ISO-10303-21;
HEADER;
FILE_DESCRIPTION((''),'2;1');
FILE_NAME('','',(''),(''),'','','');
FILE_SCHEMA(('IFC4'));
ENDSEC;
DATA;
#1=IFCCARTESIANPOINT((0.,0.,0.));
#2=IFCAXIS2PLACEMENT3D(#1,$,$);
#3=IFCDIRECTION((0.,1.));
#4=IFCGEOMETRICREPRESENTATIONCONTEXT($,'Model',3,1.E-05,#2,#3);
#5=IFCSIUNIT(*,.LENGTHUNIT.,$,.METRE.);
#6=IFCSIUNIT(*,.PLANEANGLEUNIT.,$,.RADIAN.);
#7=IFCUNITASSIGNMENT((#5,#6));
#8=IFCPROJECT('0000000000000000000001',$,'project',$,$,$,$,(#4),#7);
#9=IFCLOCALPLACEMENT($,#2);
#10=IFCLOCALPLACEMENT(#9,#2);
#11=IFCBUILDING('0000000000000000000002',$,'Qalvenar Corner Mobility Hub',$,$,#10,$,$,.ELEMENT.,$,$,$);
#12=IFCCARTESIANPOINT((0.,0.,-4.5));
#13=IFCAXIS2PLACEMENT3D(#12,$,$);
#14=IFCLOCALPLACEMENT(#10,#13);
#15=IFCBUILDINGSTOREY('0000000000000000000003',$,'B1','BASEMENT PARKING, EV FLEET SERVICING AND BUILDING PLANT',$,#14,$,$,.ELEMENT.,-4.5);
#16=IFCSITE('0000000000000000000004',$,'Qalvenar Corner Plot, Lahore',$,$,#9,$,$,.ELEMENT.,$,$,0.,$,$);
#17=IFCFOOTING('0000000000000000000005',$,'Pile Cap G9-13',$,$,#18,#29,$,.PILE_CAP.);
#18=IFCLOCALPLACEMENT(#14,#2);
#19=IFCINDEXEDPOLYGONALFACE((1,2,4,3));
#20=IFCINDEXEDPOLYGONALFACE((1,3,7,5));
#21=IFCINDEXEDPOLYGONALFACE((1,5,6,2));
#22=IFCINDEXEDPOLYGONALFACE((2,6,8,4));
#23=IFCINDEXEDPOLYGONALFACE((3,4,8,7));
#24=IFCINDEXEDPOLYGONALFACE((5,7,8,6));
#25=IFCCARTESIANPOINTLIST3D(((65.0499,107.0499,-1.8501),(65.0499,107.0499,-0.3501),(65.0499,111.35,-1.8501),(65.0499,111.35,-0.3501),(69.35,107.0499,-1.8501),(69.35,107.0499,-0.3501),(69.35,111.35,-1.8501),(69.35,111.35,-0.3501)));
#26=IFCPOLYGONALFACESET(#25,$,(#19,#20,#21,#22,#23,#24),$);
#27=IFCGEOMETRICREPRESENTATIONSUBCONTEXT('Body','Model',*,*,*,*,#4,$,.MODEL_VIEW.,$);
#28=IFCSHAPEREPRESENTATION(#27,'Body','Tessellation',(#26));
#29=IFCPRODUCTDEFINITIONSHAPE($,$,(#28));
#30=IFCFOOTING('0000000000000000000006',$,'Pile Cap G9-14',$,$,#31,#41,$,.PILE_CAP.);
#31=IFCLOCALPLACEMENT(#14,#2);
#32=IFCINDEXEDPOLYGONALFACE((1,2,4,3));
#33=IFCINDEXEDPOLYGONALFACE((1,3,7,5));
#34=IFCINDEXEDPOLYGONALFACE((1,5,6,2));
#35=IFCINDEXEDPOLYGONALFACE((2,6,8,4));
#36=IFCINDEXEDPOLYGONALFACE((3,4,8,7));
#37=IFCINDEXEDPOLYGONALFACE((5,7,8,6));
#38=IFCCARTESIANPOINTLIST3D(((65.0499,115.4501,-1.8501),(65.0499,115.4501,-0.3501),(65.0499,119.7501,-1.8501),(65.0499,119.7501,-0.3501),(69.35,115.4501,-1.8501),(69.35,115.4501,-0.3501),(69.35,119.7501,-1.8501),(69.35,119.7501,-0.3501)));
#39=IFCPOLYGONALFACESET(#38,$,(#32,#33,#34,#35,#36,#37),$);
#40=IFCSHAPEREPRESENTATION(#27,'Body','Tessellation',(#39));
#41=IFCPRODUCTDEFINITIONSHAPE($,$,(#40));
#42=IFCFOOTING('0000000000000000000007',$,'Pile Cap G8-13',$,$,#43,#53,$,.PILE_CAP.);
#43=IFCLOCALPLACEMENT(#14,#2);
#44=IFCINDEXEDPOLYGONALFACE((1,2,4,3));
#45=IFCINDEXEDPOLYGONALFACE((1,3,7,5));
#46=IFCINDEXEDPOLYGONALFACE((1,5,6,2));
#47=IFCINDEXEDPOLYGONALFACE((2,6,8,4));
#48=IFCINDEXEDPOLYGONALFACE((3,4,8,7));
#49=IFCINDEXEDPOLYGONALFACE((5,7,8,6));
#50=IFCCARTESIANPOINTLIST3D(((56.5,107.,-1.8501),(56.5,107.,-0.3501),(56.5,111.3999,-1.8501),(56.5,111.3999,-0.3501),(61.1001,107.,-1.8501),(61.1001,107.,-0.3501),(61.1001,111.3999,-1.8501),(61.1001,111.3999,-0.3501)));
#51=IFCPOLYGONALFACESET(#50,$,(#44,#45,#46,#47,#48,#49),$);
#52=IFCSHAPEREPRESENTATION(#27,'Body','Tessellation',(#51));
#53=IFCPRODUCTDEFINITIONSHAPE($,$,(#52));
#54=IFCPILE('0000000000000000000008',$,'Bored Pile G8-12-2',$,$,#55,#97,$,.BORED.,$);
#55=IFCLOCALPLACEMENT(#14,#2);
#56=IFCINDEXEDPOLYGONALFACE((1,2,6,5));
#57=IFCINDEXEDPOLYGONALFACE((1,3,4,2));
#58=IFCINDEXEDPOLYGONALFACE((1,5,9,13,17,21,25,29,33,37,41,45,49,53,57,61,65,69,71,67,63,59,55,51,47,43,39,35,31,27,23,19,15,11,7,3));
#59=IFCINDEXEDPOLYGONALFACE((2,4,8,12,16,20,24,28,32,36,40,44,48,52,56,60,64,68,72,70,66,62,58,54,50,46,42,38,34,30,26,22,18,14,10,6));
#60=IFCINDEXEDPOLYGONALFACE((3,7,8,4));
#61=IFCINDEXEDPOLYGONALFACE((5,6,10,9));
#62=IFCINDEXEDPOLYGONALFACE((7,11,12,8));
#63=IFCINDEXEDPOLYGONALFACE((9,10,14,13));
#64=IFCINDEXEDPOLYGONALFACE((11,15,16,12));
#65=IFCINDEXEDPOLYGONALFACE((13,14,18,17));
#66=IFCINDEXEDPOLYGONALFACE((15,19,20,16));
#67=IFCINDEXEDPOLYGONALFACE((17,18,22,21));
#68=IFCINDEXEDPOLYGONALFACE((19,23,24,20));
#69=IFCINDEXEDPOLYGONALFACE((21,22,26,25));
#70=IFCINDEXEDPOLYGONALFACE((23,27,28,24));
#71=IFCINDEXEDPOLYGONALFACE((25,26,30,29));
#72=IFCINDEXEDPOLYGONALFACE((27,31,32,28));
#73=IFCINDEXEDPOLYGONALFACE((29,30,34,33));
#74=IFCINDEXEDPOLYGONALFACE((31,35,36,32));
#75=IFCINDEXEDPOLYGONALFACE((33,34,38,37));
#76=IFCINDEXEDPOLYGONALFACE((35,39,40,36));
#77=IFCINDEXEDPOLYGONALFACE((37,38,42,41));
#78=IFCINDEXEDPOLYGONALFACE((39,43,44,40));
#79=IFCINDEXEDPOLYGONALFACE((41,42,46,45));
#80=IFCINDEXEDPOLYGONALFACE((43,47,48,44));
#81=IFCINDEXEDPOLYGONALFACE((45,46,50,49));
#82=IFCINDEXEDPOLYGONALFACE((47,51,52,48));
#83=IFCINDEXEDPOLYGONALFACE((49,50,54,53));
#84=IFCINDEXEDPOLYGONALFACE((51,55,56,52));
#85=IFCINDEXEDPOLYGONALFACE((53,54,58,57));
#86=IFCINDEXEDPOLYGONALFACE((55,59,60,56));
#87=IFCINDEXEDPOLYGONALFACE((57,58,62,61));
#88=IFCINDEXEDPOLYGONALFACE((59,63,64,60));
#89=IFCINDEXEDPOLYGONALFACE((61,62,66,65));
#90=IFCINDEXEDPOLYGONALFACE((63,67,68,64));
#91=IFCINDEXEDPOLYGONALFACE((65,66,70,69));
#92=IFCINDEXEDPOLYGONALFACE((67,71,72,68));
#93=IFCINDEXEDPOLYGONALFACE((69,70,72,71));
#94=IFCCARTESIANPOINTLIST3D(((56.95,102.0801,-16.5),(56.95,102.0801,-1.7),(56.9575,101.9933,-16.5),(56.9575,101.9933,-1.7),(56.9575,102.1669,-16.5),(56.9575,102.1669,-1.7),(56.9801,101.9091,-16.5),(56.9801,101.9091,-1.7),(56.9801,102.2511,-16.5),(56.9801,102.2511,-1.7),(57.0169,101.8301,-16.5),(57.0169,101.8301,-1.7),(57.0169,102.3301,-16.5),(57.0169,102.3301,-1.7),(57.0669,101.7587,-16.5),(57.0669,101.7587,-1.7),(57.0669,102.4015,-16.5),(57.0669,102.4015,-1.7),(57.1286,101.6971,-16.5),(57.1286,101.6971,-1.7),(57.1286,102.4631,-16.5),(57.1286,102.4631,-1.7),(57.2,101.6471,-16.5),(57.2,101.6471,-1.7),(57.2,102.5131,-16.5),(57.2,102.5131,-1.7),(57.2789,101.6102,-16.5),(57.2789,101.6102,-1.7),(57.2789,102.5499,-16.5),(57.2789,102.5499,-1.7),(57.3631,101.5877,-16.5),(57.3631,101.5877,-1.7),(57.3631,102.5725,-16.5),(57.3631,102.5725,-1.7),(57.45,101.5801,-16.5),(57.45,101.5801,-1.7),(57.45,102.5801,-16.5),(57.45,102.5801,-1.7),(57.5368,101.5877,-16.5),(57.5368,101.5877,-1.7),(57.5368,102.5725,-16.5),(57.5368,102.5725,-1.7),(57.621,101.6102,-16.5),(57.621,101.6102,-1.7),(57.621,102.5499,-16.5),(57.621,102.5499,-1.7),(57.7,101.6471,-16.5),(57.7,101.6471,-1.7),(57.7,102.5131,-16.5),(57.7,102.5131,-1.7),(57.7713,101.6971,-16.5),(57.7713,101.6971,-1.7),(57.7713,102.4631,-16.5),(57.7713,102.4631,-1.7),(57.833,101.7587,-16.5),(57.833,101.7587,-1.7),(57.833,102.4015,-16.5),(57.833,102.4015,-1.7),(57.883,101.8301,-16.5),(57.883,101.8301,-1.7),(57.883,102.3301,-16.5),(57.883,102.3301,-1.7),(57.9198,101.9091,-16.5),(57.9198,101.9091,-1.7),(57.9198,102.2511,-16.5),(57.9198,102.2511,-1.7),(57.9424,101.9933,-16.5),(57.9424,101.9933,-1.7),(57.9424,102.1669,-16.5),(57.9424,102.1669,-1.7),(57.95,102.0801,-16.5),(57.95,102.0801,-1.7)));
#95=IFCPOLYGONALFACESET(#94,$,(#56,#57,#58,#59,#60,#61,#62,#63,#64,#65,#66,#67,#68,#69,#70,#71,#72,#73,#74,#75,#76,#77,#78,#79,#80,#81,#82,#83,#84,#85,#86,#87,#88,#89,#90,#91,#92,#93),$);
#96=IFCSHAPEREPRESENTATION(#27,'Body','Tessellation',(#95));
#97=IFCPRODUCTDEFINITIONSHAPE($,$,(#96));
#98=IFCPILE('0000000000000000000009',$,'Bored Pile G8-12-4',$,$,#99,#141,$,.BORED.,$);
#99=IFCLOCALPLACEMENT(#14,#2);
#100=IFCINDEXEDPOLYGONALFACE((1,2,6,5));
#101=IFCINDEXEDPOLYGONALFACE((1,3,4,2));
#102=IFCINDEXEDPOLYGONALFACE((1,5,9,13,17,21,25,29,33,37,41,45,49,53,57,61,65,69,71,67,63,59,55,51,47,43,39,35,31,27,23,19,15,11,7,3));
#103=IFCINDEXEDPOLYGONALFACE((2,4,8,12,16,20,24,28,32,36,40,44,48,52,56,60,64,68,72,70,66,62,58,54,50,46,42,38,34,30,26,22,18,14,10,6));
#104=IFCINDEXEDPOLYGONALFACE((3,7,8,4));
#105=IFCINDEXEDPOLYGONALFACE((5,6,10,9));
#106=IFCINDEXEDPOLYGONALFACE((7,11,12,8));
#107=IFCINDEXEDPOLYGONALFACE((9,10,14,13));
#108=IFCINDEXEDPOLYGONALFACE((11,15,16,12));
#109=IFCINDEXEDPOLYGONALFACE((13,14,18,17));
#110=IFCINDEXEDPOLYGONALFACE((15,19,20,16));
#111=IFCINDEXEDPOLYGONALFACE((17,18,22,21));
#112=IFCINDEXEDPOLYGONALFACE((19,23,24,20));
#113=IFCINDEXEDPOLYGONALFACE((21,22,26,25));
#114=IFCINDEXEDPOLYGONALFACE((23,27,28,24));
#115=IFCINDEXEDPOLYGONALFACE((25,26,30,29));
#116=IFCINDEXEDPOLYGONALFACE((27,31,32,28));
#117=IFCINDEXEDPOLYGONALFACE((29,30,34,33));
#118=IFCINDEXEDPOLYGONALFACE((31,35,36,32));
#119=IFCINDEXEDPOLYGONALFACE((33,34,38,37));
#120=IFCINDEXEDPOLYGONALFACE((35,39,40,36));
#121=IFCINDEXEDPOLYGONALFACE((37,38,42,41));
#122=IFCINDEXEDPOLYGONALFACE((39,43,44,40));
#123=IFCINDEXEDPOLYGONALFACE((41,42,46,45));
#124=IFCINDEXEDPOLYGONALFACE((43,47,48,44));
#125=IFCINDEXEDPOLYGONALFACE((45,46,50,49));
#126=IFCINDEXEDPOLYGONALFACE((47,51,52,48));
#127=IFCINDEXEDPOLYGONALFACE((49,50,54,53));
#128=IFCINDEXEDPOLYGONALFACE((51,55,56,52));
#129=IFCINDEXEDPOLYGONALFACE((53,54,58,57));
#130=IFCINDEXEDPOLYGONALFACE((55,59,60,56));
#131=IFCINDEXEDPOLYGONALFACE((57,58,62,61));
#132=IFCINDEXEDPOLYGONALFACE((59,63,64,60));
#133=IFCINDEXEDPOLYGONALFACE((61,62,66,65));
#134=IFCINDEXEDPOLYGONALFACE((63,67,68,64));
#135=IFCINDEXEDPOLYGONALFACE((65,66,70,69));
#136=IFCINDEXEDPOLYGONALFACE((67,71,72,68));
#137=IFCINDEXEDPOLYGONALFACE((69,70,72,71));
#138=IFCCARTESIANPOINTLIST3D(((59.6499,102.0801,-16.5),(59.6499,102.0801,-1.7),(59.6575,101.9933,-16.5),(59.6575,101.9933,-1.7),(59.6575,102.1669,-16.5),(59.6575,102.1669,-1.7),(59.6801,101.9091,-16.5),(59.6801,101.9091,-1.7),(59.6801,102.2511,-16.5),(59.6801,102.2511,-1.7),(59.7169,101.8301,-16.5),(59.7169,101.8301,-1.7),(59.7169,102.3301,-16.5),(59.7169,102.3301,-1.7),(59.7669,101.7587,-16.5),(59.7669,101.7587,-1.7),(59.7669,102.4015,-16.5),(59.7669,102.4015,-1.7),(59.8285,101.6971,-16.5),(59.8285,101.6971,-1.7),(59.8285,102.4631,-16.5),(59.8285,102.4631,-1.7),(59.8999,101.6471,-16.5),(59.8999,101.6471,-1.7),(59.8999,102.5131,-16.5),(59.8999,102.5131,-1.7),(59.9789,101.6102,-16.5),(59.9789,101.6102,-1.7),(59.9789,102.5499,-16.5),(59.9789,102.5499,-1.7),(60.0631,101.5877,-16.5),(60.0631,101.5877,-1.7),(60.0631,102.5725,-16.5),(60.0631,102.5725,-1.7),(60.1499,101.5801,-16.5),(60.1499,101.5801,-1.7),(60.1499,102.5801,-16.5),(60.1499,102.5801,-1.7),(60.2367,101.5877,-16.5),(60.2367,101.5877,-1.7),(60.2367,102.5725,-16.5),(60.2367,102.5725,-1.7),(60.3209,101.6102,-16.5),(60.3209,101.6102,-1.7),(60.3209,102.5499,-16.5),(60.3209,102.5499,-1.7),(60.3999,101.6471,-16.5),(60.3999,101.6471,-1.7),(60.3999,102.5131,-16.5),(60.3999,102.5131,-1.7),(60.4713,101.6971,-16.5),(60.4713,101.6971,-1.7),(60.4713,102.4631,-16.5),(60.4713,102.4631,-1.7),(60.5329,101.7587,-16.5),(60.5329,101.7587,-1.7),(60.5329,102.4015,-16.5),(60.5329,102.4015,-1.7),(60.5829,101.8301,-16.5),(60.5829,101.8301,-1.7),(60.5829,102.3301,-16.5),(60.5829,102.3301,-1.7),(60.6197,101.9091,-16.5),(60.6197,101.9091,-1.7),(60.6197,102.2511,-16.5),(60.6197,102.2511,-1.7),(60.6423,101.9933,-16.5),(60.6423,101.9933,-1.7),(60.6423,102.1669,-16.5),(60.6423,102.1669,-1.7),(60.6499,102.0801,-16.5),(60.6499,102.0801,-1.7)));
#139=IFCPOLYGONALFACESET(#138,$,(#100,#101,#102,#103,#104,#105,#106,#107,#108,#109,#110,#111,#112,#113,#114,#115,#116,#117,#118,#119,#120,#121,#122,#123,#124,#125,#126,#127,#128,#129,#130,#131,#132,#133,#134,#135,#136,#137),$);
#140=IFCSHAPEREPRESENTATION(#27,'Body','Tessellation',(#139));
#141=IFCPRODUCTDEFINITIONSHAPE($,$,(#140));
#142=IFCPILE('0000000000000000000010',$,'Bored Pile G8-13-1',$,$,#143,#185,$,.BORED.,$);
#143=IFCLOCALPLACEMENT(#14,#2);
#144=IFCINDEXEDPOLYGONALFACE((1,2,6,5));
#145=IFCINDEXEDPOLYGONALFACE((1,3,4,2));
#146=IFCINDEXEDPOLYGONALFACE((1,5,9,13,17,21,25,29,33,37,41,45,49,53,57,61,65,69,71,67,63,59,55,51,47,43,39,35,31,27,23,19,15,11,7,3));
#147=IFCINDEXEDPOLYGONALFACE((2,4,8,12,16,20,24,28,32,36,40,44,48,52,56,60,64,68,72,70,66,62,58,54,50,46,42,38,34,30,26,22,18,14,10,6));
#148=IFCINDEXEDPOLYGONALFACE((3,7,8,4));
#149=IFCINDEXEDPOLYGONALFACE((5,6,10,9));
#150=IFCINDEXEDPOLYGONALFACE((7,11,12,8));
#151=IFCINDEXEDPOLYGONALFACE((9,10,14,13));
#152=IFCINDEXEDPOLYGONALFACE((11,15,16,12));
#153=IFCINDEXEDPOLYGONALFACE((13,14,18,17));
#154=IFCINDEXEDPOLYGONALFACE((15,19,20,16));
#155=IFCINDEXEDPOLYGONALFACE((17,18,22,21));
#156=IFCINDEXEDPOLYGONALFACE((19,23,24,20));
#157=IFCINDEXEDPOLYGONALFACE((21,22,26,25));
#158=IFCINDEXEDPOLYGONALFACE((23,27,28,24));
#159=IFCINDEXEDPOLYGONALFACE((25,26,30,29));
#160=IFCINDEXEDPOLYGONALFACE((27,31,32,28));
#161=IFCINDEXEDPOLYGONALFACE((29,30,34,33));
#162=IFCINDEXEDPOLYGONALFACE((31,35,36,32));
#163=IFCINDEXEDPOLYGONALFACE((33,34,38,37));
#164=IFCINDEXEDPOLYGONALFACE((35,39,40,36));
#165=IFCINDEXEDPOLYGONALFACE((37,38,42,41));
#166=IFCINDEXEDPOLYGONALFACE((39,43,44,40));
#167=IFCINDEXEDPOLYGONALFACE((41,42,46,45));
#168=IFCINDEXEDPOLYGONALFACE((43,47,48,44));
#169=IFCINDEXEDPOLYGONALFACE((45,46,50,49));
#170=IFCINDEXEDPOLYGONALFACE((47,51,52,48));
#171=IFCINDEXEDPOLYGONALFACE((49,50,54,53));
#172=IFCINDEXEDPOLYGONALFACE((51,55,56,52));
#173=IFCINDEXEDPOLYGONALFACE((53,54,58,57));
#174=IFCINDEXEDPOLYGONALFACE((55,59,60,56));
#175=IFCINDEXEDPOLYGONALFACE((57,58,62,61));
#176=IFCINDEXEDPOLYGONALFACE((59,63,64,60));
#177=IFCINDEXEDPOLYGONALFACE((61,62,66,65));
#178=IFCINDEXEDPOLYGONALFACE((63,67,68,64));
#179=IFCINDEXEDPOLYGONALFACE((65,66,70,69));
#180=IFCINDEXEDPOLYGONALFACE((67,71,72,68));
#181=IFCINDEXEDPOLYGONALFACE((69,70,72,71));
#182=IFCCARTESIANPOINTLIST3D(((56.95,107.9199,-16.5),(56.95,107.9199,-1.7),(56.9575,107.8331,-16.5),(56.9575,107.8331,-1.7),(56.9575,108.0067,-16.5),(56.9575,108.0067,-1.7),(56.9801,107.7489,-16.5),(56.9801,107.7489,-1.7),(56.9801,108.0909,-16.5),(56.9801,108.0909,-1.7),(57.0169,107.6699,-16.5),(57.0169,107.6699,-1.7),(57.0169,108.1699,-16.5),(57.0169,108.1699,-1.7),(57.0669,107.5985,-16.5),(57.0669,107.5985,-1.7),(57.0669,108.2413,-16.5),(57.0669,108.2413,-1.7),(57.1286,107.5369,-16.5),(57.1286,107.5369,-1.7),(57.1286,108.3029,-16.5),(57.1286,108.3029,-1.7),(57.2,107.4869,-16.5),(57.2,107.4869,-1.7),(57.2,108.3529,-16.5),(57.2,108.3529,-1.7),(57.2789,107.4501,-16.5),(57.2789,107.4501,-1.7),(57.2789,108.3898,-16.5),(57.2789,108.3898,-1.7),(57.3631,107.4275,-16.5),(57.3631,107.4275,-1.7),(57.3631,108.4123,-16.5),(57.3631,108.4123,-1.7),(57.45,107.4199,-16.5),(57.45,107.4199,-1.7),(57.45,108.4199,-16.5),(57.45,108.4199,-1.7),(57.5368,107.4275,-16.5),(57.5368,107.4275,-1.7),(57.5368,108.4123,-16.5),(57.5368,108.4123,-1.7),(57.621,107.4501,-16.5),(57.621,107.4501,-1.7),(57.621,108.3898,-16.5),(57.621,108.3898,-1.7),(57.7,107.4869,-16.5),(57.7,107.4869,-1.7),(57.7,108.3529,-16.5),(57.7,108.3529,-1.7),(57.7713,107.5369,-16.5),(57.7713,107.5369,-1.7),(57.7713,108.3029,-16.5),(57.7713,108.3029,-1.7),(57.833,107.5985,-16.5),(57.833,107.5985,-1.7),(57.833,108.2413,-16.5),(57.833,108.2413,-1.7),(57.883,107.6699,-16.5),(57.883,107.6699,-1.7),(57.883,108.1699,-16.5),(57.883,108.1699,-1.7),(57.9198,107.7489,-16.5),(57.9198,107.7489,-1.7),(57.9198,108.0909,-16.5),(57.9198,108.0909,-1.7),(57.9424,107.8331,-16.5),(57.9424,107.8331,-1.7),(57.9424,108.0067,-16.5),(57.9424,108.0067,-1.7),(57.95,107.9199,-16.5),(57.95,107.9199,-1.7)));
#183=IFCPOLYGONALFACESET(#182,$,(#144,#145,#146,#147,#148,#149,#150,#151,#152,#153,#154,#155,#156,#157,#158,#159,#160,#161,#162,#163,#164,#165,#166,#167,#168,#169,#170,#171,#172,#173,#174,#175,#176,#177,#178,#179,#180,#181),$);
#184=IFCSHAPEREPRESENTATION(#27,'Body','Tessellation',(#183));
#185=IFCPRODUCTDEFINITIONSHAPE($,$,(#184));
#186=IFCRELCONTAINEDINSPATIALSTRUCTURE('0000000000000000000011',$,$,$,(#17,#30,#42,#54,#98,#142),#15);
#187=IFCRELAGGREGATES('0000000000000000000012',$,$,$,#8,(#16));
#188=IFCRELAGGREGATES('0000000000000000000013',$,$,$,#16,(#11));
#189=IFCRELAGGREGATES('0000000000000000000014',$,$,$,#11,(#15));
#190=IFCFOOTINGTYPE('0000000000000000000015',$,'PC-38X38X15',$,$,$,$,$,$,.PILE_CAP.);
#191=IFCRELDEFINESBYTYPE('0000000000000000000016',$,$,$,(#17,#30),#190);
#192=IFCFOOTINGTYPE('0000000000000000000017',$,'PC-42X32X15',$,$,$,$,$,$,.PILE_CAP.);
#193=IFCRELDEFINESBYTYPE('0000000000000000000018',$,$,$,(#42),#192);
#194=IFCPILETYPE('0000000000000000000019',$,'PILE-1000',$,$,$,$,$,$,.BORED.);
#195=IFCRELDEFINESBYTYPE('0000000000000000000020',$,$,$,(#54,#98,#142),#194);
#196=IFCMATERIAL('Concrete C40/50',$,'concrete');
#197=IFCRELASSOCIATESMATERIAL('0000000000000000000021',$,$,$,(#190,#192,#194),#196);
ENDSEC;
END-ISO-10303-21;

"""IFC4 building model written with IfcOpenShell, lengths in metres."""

from ifc_helpers import new_model, si_unit, direction, frame, origin, origin_2d, place, context, subcontext, project, spatial, rectangle, circle, extrude, material, material_profile, profile_set, type_object, element, save


model = new_model("IFC4")

# Units and contexts
model_context = context("Model", 3, precision=1e-05, world=origin(), true_north=direction((0.0, 1.0)))
body_context = subcontext(model_context, "Body", "Model", "MODEL_VIEW")
ifc_project = project(units=[si_unit("LENGTHUNIT", "METRE"), si_unit("PLANEANGLEUNIT", "RADIAN")], contexts=[model_context])

# Site, building, storey
site_placement = place(None, origin())
site = spatial("IfcSite", under=ifc_project, at=site_placement, Name="Qalvenar Corner Plot, Lahore", CompositionType="ELEMENT", RefElevation=0.0)
building_placement = place(site_placement, origin())
building = spatial("IfcBuilding", under=site, at=building_placement, Name="Qalvenar Corner Mobility Hub", CompositionType="ELEMENT")
storey_placement = place(building_placement, frame((0.0, 0.0, -4.5)))
storey = spatial("IfcBuildingStorey", under=building, at=storey_placement, Name="B1", Description="BASEMENT PARKING, EV FLEET SERVICING AND BUILDING PLANT", CompositionType="ELEMENT", Elevation=-4.5)

# Footings
ifc_material_1 = material(Name="Concrete C40/50", Category="concrete")
footing_type_1 = type_object("IfcFootingType", Name="PC-38X38X15", PredefinedType="PILE_CAP", material=ifc_material_1)
for number, where, z_axis, x_axis, name in (
    (1, (67.2, 109.2, -1.8501), (0.0, 0.0, 1.0), (1.0, 0.0, 0.0), "Pile Cap G9-13"),
    (2, (67.2, 117.6001, -1.8501), (0.0, 0.0, 1.0), (1.0, 0.0, 0.0), "Pile Cap G9-14"),
):
    element("IfcFooting", number, at=place(storey_placement, frame(where, z_axis=z_axis, x_axis=x_axis)), inside=storey, type_object=footing_type_1, Name=name, PredefinedType="PILE_CAP", context=body_context, shape_type="SweptSolid", body=[
        extrude(rectangle(XDim=4.3, YDim=4.3, at=origin_2d()), origin(), (0.0, 0.0, 1.0), 1.5),
    ])
footing_type_2 = type_object("IfcFootingType", Name="PC-42X32X15", PredefinedType="PILE_CAP", material=ifc_material_1)
footing_1_placement = place(storey_placement, frame((58.8, 109.2, -1.8501), z_axis=(0.0, 0.0, 1.0), x_axis=(1.0, 0.0, 0.0)))
element("IfcFooting", 3, at=footing_1_placement, inside=storey, type_object=footing_type_2, Name="Pile Cap G8-13", PredefinedType="PILE_CAP", context=body_context, shape_type="SweptSolid", body=[
    extrude(rectangle(XDim=4.6001, YDim=4.3999, at=origin_2d()), origin(), (0.0, 0.0, 1.0), 1.5),
])

# Piles
ifc_material_profile_1 = material_profile(ifc_material_1, circle(Radius=0.5, at=origin_2d()), Name="DIA1000")
ifc_profile_set_1 = profile_set([ifc_material_profile_1], Name="Concrete C40/50")
pile_type = type_object("IfcPileType", Name="PILE-1000", PredefinedType="BORED", material=ifc_profile_set_1)
for number, where, z_axis, x_axis, name in (
    (4, (57.45, 102.0801, -1.7), (0.0, 0.0, -1.0), (1.0, 0.0, 0.0), "Bored Pile G8-12-2"),
    (5, (60.1499, 102.0801, -1.7), (0.0, 0.0, -1.0), (1.0, 0.0, 0.0), "Bored Pile G8-12-4"),
    (6, (57.45, 107.9199, -1.7), (0.0, 0.0, -1.0), (1.0, 0.0, 0.0), "Bored Pile G8-13-1"),
):
    element("IfcPile", number, at=place(storey_placement, frame(where, z_axis=z_axis, x_axis=x_axis)), inside=storey, type_object=pile_type, Name=name, PredefinedType="BORED", context=body_context, shape_type="SweptSolid", body=[
        extrude(circle(Radius=0.5, at=origin_2d()), origin(), (0.0, 0.0, 1.0), 14.8),
    ])

save(model, "model.ifc")
